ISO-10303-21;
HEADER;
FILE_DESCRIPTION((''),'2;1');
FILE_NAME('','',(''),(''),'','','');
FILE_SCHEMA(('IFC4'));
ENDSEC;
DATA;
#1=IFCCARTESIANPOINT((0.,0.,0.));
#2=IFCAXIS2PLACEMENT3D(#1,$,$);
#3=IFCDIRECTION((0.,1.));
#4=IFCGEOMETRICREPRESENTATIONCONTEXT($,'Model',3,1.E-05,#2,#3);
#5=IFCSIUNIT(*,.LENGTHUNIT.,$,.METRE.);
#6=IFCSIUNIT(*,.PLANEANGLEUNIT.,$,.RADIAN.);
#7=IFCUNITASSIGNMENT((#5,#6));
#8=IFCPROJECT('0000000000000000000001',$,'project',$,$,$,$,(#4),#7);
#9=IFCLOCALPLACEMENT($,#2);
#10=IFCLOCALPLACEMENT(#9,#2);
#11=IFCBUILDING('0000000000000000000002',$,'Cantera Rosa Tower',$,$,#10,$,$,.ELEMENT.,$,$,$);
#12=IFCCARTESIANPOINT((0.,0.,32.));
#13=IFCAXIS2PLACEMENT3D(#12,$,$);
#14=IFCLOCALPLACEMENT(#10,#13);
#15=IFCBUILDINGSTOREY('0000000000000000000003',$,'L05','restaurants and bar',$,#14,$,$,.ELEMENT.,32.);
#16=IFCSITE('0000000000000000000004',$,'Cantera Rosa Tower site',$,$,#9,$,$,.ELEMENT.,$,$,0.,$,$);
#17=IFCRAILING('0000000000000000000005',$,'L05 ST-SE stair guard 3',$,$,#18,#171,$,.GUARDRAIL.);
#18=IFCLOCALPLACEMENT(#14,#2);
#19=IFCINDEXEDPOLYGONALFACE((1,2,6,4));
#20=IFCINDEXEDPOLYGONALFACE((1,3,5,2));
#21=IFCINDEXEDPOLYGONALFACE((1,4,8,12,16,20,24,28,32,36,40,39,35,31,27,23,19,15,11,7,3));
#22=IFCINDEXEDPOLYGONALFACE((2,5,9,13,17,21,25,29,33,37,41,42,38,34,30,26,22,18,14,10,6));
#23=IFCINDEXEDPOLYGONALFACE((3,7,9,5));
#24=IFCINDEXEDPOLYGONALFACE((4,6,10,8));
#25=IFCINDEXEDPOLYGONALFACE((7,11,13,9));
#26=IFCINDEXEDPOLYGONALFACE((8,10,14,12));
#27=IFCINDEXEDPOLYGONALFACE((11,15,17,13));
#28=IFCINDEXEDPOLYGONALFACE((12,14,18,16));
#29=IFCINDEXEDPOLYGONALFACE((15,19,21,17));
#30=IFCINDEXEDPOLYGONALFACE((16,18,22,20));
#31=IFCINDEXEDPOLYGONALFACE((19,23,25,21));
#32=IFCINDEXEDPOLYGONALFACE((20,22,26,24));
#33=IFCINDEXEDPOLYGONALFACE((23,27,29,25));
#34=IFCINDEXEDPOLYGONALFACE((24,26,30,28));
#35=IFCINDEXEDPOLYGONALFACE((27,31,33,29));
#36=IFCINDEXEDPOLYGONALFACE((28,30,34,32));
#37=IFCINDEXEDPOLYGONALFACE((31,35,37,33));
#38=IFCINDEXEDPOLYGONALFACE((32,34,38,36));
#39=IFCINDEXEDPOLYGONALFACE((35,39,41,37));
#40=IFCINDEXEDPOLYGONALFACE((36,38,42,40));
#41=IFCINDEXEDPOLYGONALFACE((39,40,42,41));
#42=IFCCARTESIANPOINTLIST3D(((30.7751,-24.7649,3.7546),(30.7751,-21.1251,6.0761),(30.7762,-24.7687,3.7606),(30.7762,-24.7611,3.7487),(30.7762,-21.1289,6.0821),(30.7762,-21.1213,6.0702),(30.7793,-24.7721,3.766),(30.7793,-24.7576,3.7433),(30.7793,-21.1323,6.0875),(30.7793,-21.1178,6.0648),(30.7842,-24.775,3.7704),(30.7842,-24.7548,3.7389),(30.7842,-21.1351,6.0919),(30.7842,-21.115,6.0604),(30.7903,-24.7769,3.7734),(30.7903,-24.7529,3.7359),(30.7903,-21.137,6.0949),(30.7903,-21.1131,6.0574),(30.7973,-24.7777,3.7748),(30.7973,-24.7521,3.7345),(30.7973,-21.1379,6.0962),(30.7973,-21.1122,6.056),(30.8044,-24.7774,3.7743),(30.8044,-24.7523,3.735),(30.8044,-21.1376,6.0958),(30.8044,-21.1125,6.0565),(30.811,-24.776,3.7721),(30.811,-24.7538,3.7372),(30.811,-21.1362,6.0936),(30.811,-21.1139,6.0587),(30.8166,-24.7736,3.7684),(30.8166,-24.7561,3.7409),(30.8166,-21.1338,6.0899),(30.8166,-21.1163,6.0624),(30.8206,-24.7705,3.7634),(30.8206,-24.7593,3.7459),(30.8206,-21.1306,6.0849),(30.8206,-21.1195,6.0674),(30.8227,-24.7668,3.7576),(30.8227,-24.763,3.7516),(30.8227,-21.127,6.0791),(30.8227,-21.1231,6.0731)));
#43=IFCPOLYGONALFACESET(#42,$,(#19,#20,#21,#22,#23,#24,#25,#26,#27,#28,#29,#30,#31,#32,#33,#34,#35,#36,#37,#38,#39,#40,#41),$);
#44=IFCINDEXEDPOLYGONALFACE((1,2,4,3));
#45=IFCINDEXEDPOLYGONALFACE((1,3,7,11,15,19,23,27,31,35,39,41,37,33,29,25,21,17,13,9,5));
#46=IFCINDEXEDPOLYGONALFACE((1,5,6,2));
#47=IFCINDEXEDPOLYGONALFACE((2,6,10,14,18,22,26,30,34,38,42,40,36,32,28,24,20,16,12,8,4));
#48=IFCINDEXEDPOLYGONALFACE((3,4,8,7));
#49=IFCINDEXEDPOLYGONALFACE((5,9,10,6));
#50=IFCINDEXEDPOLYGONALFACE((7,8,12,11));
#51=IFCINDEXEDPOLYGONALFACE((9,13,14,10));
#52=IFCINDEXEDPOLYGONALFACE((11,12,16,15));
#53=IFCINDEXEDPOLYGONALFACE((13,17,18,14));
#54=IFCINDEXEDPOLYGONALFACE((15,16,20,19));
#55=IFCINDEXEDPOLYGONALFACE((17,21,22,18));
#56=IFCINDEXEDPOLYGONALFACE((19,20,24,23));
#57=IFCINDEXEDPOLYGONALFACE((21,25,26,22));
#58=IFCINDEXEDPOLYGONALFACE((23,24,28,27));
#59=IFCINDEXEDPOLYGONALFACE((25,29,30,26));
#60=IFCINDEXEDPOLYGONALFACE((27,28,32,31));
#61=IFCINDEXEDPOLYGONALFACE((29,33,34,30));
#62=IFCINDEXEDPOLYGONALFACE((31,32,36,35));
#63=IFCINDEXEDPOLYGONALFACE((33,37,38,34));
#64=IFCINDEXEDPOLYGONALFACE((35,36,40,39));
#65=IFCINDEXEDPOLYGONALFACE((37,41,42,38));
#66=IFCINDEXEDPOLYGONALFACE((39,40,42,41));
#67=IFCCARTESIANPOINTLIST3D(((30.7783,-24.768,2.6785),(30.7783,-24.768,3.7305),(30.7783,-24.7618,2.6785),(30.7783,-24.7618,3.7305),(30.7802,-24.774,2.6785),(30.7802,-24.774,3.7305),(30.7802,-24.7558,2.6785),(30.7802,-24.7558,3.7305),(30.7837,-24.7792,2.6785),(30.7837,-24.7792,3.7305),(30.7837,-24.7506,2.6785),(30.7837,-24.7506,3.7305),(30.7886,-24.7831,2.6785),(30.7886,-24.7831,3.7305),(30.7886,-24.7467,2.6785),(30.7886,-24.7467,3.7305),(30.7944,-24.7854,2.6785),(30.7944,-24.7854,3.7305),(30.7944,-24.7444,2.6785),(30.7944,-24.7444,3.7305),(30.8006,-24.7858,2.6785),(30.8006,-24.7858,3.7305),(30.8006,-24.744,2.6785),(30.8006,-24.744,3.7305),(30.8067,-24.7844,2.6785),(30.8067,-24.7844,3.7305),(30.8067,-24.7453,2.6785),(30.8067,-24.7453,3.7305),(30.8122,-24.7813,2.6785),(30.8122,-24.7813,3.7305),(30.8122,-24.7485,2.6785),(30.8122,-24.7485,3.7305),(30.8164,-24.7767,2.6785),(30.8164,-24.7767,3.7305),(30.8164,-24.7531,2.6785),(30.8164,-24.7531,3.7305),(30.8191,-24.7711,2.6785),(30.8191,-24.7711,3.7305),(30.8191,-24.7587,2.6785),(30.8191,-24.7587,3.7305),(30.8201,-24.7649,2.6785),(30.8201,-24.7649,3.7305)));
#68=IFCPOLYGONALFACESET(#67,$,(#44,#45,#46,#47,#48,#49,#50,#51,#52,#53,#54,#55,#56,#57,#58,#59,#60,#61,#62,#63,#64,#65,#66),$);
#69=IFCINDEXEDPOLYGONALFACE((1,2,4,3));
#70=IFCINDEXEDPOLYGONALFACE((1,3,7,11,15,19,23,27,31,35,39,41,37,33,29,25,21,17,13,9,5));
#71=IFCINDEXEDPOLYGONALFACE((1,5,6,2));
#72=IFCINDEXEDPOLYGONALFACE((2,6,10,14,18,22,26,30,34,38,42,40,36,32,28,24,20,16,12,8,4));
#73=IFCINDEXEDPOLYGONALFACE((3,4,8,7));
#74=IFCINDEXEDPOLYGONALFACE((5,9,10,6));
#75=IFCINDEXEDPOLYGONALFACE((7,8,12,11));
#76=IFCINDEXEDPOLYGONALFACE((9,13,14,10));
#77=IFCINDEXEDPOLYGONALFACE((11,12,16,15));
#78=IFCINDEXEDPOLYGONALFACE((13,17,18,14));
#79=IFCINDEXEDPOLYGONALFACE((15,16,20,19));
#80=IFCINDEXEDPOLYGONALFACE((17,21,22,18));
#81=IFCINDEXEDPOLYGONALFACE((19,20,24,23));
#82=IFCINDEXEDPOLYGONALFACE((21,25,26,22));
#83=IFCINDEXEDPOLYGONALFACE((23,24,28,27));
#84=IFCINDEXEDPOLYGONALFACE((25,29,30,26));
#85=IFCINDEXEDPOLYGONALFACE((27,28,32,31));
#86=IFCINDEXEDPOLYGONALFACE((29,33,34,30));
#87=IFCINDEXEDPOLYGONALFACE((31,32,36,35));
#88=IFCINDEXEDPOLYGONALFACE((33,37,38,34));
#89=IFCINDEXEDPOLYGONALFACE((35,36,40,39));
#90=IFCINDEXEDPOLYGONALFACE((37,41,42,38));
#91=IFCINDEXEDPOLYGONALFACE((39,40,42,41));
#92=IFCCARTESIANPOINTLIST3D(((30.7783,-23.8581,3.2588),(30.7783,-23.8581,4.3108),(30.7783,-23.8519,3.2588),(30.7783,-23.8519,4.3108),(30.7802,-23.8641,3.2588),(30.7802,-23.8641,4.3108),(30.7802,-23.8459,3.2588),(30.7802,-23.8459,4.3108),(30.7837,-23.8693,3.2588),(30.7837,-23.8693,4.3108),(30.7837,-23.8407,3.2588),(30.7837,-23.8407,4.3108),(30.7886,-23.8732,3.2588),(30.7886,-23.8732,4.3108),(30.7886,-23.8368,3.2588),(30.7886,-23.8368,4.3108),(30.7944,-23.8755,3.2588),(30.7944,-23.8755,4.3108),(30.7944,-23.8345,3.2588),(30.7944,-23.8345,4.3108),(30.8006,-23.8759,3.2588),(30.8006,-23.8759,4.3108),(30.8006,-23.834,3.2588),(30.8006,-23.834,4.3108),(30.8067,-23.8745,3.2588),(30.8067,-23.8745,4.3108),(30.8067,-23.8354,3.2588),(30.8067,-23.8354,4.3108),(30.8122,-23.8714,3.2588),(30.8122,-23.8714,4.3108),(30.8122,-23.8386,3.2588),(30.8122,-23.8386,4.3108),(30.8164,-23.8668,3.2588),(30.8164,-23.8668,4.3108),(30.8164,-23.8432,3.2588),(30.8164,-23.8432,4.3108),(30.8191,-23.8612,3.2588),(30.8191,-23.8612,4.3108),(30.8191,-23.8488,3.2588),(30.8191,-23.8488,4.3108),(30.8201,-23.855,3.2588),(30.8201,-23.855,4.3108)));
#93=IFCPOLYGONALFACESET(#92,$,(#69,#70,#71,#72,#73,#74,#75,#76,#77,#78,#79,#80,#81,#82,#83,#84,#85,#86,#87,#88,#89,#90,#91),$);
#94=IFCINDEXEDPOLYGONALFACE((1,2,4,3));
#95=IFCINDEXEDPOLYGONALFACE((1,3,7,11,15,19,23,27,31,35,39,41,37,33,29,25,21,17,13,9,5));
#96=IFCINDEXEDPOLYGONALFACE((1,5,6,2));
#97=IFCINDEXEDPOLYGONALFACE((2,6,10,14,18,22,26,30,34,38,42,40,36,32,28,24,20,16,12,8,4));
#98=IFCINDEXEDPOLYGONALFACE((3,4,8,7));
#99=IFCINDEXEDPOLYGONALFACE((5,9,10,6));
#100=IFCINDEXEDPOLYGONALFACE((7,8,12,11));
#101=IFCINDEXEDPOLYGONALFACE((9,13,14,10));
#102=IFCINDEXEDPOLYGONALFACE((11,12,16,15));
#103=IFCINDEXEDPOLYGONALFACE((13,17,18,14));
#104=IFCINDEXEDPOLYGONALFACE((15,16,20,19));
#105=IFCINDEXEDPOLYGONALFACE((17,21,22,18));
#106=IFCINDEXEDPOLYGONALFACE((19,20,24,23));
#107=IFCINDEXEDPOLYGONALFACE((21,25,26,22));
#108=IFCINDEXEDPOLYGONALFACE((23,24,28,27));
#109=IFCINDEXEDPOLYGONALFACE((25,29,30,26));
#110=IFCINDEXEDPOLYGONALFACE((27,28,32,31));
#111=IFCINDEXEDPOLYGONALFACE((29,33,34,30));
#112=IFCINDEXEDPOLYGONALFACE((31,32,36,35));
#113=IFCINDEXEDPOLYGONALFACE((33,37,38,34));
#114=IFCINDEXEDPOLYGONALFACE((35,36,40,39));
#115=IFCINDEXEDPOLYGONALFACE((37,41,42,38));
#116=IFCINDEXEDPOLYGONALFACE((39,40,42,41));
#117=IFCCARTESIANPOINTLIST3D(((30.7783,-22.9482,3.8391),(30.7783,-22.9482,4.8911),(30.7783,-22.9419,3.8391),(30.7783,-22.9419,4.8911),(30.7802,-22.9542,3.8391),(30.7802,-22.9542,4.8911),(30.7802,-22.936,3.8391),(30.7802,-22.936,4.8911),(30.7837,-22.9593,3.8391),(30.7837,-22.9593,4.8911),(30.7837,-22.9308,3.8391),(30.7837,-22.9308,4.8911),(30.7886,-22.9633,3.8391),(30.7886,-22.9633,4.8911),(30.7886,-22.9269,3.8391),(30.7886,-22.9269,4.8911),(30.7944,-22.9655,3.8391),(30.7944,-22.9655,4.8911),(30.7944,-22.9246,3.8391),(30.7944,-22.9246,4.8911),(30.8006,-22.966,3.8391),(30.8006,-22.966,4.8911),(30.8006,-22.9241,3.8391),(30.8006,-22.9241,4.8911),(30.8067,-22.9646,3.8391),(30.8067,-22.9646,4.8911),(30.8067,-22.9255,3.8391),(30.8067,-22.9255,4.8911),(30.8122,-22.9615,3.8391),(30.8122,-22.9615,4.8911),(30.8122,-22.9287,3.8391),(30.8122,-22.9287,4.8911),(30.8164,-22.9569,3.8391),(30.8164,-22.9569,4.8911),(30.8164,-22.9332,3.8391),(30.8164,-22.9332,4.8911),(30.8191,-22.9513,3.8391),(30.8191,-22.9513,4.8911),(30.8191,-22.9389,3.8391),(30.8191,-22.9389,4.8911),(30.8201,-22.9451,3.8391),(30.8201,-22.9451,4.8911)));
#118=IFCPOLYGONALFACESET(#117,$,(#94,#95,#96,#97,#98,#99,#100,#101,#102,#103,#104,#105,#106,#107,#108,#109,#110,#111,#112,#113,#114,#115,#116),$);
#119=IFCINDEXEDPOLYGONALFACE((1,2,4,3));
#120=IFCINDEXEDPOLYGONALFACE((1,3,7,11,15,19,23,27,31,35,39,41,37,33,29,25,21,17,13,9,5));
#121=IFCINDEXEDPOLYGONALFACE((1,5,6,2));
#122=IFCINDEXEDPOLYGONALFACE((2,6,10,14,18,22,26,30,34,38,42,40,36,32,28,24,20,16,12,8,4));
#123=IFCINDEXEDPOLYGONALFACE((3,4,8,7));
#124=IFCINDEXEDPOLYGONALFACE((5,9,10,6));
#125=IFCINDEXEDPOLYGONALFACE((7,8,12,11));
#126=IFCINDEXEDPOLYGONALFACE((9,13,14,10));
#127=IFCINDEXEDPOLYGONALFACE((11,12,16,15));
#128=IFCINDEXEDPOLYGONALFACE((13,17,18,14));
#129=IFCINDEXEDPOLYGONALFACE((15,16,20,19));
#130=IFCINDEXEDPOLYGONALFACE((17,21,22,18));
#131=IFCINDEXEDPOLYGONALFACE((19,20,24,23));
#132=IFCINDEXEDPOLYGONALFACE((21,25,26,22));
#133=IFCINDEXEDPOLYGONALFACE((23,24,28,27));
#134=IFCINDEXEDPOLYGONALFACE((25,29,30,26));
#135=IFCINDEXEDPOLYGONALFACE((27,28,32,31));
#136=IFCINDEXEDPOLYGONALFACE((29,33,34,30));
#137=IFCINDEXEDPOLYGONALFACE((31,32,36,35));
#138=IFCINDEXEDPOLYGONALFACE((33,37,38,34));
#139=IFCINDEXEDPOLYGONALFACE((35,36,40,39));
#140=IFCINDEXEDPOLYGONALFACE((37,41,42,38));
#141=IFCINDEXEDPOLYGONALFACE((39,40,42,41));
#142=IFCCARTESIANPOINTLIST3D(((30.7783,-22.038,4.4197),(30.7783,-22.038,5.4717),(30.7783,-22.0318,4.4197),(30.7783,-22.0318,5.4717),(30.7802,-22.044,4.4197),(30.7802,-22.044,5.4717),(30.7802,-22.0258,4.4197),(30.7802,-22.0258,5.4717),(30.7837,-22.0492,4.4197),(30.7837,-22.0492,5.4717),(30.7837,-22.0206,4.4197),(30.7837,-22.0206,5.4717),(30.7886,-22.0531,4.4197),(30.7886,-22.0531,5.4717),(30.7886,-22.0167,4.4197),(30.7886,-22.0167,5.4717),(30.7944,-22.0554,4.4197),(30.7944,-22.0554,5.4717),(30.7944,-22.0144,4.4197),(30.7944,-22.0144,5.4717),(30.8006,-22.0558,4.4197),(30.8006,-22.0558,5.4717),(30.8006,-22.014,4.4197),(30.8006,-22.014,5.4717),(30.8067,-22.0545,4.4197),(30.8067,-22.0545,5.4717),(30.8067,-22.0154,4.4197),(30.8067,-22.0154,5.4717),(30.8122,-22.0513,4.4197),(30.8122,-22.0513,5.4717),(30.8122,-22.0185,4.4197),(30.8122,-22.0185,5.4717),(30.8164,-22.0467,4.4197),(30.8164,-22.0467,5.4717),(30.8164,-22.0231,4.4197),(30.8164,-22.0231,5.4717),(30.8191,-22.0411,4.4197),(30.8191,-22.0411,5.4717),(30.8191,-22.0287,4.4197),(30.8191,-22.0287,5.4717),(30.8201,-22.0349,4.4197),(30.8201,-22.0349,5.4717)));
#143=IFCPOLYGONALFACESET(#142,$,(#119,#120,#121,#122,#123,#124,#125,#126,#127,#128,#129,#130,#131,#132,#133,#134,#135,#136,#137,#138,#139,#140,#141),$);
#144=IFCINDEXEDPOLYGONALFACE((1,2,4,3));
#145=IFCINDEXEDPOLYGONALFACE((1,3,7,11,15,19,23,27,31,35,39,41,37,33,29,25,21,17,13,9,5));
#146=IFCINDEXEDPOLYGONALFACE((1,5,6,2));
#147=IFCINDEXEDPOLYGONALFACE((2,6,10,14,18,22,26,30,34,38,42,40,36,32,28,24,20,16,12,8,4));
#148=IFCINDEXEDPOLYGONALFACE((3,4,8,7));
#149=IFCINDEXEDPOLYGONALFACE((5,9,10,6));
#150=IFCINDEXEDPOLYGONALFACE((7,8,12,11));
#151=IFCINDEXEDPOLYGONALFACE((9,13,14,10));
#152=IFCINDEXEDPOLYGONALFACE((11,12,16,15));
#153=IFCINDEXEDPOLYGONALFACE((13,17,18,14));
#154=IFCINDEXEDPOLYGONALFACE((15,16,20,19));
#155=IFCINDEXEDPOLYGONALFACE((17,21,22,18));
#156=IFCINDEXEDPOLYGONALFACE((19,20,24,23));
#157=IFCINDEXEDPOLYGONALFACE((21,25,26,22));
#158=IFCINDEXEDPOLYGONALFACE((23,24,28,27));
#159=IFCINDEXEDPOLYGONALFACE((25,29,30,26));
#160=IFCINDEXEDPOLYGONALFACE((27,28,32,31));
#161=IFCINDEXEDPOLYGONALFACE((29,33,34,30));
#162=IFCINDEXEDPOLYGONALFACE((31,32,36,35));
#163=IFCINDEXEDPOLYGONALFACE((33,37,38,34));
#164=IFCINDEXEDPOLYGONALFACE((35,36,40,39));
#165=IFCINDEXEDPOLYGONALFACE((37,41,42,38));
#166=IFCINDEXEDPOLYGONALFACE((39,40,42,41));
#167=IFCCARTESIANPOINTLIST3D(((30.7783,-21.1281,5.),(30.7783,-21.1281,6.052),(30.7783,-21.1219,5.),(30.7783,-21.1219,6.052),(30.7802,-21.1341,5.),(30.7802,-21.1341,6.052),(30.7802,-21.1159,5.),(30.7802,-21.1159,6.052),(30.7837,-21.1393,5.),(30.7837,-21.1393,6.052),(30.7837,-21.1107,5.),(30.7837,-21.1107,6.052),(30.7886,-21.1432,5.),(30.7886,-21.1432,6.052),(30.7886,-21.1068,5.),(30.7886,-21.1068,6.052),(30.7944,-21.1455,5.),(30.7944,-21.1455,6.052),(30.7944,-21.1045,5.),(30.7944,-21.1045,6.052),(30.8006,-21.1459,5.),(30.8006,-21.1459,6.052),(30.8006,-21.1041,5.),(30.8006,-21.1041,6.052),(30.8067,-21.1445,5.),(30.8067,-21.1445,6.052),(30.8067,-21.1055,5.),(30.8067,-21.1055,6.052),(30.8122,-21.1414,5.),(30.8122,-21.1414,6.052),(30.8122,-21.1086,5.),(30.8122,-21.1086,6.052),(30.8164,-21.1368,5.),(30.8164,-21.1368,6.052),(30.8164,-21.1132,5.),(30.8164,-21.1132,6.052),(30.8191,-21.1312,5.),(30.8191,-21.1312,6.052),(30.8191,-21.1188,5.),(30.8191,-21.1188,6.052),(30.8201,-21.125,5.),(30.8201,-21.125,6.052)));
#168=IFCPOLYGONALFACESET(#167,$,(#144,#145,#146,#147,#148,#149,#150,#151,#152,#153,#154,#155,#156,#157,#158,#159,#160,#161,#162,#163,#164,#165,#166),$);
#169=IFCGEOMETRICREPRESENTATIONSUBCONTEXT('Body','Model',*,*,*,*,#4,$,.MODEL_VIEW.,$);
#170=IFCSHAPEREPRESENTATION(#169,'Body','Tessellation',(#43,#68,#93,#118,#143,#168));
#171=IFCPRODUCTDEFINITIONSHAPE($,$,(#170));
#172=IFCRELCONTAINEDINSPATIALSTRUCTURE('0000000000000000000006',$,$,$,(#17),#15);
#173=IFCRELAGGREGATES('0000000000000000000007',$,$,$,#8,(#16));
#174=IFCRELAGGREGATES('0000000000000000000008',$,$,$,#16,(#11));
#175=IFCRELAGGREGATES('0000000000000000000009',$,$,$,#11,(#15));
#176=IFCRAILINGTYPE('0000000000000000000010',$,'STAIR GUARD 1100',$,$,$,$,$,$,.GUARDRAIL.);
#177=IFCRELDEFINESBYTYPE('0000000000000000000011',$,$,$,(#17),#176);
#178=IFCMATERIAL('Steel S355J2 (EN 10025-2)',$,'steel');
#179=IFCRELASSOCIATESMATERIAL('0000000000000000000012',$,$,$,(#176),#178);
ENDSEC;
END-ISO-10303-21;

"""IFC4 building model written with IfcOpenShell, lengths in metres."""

from ifc_helpers import new_model, si_unit, direction, frame, origin, origin_2d, place, context, subcontext, project, spatial, circle, extrude, material, type_object, element, save


model = new_model("IFC4")

# Units and contexts
model_context = context("Model", 3, precision=1e-05, world=origin(), true_north=direction((0.0, 1.0)))
body_context = subcontext(model_context, "Body", "Model", "MODEL_VIEW")
ifc_project = project(units=[si_unit("LENGTHUNIT", "METRE"), si_unit("PLANEANGLEUNIT", "RADIAN")], contexts=[model_context])

# Site, building, storey
site_placement = place(None, origin())
site = spatial("IfcSite", under=ifc_project, at=site_placement, Name="Cantera Rosa Tower site", CompositionType="ELEMENT", RefElevation=0.0)
building_placement = place(site_placement, origin())
building = spatial("IfcBuilding", under=site, at=building_placement, Name="Cantera Rosa Tower", CompositionType="ELEMENT")
storey_placement = place(building_placement, frame((0.0, 0.0, 32.0)))
storey = spatial("IfcBuildingStorey", under=building, at=storey_placement, Name="L05", Description="restaurants and bar", CompositionType="ELEMENT", Elevation=32.0)

# Railing
ifc_material_1 = material(Name="Steel S355J2 (EN 10025-2)", Category="steel")
railing_type_1 = type_object("IfcRailingType", Name="STAIR GUARD 1100", PredefinedType="GUARDRAIL", material=ifc_material_1)
railing_1_placement = place(storey_placement, frame((30.7991, -24.7649, 2.6785)))
element("IfcRailing", 1, at=railing_1_placement, inside=storey, type_object=railing_type_1, Name="L05 ST-SE stair guard 3", PredefinedType="GUARDRAIL", context=body_context, shape_type="SweptSolid", body=[
    extrude(circle(Radius=0.0239, at=origin_2d()), frame((0.0, 0.0, 1.0762), z_axis=(0.0, 0.843112, 0.537739), x_axis=(-1.0, 0.0, 0.0)), (0.0, 0.0, 1.0), 4.3171),
    extrude(circle(Radius=0.021, at=origin_2d()), origin(), (0.0, 0.0, 1.0), 1.052),
    extrude(circle(Radius=0.021, at=origin_2d()), frame((0.0, 0.9099, 0.5803)), (0.0, 0.0, 1.0), 1.052),
    extrude(circle(Radius=0.021, at=origin_2d()), frame((0.0, 1.8198, 1.1606)), (0.0, 0.0, 1.0), 1.052),
    extrude(circle(Radius=0.021, at=origin_2d()), frame((0.0, 2.73, 1.7412)), (0.0, 0.0, 1.0), 1.052),
    extrude(circle(Radius=0.021, at=origin_2d()), frame((0.0, 3.6399, 2.3215)), (0.0, 0.0, 1.0), 1.052),
])

save(model, "model.ifc")
